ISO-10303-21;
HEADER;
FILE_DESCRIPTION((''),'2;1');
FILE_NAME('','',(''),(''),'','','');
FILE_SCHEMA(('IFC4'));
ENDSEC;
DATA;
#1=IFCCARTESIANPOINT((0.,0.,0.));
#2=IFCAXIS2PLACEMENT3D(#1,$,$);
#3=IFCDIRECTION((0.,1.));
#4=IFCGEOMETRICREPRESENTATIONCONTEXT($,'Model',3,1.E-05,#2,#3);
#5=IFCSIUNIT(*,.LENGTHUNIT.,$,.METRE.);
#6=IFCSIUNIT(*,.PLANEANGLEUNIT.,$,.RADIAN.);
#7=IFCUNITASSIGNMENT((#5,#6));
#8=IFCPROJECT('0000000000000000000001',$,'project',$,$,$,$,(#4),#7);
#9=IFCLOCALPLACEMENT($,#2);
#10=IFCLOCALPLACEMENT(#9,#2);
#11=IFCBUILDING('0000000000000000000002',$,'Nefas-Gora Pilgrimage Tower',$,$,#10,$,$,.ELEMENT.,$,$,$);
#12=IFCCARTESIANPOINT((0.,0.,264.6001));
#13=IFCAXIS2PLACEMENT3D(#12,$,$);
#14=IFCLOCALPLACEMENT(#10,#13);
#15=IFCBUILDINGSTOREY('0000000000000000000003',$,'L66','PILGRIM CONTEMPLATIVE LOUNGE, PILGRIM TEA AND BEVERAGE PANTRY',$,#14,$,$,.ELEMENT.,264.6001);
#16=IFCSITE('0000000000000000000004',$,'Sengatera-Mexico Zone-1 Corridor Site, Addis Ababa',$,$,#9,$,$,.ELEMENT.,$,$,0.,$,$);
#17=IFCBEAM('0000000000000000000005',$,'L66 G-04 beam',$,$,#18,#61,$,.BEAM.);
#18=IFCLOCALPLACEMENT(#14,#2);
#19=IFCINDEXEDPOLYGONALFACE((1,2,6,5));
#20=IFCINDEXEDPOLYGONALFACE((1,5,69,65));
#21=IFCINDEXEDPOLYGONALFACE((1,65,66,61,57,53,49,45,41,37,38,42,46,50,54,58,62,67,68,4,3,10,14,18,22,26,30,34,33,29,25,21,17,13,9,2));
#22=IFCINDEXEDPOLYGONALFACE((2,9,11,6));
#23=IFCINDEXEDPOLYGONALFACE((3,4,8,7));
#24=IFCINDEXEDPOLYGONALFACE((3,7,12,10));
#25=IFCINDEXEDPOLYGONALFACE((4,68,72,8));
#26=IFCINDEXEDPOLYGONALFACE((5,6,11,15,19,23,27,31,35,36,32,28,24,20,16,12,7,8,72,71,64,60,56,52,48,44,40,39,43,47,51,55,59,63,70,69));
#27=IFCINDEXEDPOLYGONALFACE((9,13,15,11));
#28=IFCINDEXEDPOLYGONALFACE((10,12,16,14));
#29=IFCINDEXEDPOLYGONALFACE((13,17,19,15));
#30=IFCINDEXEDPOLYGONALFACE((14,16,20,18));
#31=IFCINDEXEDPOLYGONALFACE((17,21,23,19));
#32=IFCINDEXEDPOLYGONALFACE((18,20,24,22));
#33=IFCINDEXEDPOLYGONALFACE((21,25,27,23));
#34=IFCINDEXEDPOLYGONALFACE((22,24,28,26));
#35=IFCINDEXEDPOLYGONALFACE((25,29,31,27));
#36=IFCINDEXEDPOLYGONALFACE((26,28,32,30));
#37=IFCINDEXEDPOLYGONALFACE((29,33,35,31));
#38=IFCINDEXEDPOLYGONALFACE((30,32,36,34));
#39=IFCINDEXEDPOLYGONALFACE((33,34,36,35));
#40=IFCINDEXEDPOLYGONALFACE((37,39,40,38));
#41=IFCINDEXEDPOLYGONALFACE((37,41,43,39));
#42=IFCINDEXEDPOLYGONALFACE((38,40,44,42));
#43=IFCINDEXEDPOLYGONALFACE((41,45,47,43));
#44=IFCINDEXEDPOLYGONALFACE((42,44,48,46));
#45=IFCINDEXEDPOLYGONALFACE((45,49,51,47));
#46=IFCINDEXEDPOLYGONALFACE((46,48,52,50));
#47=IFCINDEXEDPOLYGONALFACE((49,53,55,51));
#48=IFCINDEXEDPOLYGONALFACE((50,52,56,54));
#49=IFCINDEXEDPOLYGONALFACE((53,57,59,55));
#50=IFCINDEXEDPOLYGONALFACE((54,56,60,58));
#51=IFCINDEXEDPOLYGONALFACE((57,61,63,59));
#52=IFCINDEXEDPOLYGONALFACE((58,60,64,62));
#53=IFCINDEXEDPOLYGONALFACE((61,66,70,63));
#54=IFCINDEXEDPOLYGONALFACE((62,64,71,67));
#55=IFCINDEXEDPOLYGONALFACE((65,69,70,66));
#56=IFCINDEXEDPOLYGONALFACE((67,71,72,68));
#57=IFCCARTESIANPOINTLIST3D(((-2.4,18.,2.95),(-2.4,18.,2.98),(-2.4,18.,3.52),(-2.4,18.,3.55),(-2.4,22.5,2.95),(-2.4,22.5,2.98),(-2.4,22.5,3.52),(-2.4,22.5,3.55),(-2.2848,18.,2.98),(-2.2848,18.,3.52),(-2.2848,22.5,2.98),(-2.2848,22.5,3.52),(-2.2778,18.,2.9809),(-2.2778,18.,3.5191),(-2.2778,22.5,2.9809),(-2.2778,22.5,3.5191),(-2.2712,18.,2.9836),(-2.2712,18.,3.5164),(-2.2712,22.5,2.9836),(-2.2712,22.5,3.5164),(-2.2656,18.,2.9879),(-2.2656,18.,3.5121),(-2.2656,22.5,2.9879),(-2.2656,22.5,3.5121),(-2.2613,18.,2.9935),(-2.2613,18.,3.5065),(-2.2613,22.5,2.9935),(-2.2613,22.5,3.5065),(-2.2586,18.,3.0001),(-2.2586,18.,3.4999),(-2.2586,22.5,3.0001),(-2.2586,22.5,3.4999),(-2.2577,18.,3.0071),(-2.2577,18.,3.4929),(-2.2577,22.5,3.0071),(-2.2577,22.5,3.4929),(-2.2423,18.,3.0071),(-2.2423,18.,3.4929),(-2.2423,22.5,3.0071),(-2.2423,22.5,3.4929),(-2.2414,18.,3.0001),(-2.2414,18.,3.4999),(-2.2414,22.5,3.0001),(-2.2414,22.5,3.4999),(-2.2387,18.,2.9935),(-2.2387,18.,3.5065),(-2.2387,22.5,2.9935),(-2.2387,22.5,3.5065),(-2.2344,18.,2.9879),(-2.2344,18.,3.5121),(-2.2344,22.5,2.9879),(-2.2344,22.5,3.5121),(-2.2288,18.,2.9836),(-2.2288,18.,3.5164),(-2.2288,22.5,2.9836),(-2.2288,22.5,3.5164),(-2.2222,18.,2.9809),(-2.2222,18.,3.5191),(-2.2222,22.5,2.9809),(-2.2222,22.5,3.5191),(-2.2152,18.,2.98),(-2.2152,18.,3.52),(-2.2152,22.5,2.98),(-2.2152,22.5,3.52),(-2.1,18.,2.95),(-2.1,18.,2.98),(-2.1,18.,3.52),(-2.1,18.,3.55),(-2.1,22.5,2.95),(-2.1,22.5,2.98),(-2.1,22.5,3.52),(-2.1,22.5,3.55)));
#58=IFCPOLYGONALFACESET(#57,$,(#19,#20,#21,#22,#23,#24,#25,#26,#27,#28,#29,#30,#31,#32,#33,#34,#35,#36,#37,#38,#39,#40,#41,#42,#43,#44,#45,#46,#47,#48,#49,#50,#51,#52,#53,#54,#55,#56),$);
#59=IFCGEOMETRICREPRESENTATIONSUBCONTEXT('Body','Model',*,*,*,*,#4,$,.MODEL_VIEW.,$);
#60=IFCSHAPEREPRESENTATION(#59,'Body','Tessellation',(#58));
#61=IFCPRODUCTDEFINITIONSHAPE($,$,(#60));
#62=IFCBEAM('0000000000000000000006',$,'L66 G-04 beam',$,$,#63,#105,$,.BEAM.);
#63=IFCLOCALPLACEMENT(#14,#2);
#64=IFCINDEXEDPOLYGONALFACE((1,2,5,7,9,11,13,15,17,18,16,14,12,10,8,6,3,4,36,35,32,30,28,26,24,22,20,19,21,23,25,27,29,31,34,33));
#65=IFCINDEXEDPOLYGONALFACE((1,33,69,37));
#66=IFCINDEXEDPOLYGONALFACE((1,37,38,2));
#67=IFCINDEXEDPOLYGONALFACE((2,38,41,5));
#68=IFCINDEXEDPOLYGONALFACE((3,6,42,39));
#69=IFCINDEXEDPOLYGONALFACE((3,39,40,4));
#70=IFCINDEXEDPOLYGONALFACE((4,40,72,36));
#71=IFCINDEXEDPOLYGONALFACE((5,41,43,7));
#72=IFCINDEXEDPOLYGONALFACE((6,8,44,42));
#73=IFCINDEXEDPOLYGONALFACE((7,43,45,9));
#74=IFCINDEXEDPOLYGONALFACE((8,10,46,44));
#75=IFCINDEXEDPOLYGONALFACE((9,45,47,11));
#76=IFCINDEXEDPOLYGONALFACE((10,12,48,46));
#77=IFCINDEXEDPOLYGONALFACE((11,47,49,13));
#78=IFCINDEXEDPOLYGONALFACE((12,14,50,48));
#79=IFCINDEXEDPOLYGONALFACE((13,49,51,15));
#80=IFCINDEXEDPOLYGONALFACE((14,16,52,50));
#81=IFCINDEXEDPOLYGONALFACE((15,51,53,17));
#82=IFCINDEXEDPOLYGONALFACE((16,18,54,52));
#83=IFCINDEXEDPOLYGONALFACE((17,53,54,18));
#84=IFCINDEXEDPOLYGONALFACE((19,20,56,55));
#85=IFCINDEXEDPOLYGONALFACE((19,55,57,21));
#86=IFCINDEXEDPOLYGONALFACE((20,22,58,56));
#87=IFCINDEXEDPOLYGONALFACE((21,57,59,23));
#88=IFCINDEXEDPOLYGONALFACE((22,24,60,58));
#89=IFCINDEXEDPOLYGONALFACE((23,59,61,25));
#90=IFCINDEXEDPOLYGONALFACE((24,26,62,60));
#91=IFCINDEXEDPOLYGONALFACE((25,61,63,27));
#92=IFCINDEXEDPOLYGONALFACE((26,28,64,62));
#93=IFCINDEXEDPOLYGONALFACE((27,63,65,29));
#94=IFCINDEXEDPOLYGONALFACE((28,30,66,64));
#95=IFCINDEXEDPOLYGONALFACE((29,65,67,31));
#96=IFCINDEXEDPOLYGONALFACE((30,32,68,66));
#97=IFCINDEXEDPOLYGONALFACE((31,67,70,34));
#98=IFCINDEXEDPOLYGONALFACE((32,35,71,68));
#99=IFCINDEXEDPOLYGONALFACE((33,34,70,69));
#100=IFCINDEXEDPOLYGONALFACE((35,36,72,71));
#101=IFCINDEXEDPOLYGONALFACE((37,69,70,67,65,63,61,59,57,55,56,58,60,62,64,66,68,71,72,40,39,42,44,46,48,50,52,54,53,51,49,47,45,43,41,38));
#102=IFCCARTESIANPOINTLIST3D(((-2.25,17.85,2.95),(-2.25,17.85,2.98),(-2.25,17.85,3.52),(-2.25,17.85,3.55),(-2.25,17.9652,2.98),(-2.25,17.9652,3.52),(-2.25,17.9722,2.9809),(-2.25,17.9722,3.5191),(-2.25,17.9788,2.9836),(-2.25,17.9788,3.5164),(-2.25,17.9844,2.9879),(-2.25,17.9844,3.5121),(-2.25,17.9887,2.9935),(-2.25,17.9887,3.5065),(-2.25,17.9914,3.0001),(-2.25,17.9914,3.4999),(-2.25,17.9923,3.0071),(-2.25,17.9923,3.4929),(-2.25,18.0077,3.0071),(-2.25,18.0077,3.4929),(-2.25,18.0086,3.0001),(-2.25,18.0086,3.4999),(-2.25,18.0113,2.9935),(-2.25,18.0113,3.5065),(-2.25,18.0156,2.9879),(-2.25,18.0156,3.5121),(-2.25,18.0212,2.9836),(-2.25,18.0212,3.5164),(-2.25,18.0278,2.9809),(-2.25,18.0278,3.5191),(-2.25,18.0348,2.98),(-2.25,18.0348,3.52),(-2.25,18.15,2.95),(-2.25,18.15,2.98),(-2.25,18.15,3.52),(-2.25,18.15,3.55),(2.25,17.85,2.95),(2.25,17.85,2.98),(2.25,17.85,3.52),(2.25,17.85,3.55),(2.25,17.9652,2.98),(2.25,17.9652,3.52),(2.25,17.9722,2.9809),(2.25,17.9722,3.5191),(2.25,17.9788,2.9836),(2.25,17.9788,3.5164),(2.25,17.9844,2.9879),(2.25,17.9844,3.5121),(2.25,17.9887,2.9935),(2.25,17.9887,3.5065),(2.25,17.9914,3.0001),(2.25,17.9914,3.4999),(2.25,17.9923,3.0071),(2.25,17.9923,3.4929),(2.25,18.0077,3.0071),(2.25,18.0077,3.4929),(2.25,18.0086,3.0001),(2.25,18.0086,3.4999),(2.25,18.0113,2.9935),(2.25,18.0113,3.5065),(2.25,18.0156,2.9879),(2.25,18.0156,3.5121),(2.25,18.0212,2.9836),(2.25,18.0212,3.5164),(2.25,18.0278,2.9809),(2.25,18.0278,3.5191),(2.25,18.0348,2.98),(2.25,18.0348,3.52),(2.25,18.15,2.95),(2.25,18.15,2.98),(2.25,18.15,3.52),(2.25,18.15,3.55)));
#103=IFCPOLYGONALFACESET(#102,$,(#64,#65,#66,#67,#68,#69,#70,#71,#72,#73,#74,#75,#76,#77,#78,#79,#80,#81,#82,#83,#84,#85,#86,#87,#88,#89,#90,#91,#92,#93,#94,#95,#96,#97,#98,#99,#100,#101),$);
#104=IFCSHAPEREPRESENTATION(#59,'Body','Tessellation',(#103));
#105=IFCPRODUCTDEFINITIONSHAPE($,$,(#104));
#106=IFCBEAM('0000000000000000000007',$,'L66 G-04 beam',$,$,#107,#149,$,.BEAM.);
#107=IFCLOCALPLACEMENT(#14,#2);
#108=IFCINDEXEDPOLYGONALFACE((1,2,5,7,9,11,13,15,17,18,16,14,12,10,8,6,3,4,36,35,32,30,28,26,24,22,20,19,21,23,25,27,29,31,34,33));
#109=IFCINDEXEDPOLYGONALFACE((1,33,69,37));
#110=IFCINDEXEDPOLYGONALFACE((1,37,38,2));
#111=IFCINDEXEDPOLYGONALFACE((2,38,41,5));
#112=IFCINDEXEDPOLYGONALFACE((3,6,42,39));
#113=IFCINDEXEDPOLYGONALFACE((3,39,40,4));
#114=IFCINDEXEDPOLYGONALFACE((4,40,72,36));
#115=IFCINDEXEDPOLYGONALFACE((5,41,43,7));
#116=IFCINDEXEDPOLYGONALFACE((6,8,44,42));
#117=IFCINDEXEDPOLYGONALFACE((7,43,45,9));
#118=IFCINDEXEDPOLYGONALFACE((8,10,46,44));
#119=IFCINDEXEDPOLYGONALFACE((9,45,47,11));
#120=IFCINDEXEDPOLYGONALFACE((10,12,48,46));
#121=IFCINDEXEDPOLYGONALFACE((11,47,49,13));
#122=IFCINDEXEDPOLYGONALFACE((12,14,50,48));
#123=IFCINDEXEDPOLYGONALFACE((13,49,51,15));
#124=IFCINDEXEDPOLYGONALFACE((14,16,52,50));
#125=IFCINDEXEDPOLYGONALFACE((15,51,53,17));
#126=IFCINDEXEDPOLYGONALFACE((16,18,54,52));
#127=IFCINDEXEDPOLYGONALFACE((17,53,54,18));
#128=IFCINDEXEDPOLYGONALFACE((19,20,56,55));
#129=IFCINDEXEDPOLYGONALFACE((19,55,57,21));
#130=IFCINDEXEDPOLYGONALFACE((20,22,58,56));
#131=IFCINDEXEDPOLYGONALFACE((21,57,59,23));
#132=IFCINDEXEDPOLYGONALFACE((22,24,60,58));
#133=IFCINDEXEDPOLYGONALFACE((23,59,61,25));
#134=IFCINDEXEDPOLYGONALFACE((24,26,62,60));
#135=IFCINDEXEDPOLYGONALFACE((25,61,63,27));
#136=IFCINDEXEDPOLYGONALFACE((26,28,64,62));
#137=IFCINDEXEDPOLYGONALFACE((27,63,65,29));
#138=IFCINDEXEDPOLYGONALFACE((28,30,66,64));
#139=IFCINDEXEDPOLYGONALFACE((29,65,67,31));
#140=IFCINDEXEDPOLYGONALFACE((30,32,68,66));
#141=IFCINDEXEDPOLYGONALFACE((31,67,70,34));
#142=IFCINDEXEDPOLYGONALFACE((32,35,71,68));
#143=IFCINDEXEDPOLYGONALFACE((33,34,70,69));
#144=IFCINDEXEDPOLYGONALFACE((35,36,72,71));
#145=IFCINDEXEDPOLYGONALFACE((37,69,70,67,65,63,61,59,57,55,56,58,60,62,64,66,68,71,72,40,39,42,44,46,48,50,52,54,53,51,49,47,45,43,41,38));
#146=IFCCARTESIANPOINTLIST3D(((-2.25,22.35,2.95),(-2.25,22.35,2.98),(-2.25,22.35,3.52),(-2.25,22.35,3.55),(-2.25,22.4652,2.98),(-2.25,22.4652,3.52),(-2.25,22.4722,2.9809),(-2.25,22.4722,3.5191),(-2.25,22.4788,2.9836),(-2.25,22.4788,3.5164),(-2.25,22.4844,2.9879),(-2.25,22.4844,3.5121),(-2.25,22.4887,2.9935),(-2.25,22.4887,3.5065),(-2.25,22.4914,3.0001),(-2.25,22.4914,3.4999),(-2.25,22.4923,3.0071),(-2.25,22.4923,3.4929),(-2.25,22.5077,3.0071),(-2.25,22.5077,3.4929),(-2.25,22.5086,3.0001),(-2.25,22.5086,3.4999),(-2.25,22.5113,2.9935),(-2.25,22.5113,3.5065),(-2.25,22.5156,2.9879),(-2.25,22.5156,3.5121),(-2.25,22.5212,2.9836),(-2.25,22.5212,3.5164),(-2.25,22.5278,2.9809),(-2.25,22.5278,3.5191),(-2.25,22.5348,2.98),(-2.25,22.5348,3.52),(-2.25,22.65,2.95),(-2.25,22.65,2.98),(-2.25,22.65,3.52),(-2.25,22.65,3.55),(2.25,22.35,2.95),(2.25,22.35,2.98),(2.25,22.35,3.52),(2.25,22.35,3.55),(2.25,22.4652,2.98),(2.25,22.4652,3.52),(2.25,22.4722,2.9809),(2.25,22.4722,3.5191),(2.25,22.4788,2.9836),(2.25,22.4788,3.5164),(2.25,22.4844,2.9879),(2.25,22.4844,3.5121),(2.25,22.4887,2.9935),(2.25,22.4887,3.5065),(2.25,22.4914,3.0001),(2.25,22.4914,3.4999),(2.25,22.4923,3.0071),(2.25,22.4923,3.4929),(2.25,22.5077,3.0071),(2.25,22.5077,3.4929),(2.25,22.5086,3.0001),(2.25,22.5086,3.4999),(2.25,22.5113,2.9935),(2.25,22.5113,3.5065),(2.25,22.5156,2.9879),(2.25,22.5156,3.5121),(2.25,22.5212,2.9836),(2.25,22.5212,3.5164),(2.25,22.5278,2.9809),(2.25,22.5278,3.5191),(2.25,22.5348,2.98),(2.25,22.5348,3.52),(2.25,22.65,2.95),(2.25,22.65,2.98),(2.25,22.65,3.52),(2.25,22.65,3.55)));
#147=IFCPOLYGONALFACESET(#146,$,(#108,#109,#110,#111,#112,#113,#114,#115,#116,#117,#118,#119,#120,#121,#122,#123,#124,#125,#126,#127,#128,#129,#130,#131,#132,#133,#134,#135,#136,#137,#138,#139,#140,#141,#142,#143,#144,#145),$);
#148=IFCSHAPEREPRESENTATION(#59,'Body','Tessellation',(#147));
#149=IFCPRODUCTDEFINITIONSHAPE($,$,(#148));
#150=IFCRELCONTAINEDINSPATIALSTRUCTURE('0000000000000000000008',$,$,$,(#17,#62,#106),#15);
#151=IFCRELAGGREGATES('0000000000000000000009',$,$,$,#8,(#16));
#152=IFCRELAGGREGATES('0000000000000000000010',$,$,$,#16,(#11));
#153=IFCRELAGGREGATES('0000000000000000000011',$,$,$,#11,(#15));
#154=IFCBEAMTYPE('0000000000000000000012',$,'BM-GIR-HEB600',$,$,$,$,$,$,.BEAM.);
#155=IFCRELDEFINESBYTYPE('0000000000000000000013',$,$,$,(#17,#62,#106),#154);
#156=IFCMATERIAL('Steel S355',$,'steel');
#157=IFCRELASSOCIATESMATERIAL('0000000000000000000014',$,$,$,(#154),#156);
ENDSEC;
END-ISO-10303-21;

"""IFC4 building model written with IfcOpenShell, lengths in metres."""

from ifc_helpers import new_model, si_unit, direction, frame, origin, origin_2d, place, context, subcontext, project, spatial, i_section, extrude, source, transform, mapped, material, material_profile, profile_set, type_object, element, save


model = new_model("IFC4")

# Units and contexts
model_context = context("Model", 3, precision=1e-05, world=origin(), true_north=direction((0.0, 1.0)))
body_context = subcontext(model_context, "Body", "Model", "MODEL_VIEW")
ifc_project = project(units=[si_unit("LENGTHUNIT", "METRE"), si_unit("PLANEANGLEUNIT", "RADIAN")], contexts=[model_context])

# Site, building, storey
site_placement = place(None, origin())
site = spatial("IfcSite", under=ifc_project, at=site_placement, Name="Sengatera-Mexico Zone-1 Corridor Site, Addis Ababa", CompositionType="ELEMENT", RefElevation=0.0)
building_placement = place(site_placement, origin())
building = spatial("IfcBuilding", under=site, at=building_placement, Name="Nefas-Gora Pilgrimage Tower", CompositionType="ELEMENT")
storey_placement = place(building_placement, frame((0.0, 0.0, 264.6001)))
storey = spatial("IfcBuildingStorey", under=building, at=storey_placement, Name="L66", Description="PILGRIM CONTEMPLATIVE LOUNGE, PILGRIM TEA AND BEVERAGE PANTRY", CompositionType="ELEMENT", Elevation=264.6001)

# Shared definitions
ifc_material_1 = material(Name="Steel S355", Category="steel")

# Beams
ifc_material_profile_1 = material_profile(ifc_material_1, i_section(OverallWidth=0.3, OverallDepth=0.6001, WebThickness=0.0154, FlangeThickness=0.03, FilletRadius=0.0271, at=origin_2d()), Name="HEB 600")
ifc_profile_set_1 = profile_set([ifc_material_profile_1], Name="Steel S355")
beam_type = type_object("IfcBeamType", Name="BM-GIR-HEB600", PredefinedType="BEAM", material=ifc_profile_set_1)
shared_shape_1 = source(origin(), body_context, "Body", "SweptSolid", [
    extrude(i_section(OverallWidth=0.3, OverallDepth=0.6001, WebThickness=0.0154, FlangeThickness=0.03, FilletRadius=0.0271, at=origin_2d()), origin(), (0.0, 0.0, 1.0), 4.5),
])
for number, where, z_axis, x_axis, name in (
    (1, (-2.25, 18.0, 3.25), (0.0, 1.0, 0.0), (-1.0, 0.0, 0.0), "L66 G-04 beam"),
    (2, (-2.25, 18.0, 3.25), (1.0, 0.0, 0.0), (0.0, 1.0, 0.0), "L66 G-04 beam"),
    (3, (-2.25, 22.5, 3.25), (1.0, 0.0, 0.0), (0.0, 1.0, 0.0), "L66 G-04 beam"),
):
    element("IfcBeam", number, at=place(storey_placement, frame(where, z_axis=z_axis, x_axis=x_axis)), inside=storey, type_object=beam_type, Name=name, PredefinedType="BEAM", context=body_context, shape_type="MappedRepresentation", body=[
        mapped(shared_shape_1, transform((0.0, 0.0, 0.0), x_axis=(1.0, 0.0, 0.0), y_axis=(0.0, 1.0, 0.0), z_axis=(0.0, 0.0, 1.0), scale=1.0)),
    ])

save(model, "model.ifc")
